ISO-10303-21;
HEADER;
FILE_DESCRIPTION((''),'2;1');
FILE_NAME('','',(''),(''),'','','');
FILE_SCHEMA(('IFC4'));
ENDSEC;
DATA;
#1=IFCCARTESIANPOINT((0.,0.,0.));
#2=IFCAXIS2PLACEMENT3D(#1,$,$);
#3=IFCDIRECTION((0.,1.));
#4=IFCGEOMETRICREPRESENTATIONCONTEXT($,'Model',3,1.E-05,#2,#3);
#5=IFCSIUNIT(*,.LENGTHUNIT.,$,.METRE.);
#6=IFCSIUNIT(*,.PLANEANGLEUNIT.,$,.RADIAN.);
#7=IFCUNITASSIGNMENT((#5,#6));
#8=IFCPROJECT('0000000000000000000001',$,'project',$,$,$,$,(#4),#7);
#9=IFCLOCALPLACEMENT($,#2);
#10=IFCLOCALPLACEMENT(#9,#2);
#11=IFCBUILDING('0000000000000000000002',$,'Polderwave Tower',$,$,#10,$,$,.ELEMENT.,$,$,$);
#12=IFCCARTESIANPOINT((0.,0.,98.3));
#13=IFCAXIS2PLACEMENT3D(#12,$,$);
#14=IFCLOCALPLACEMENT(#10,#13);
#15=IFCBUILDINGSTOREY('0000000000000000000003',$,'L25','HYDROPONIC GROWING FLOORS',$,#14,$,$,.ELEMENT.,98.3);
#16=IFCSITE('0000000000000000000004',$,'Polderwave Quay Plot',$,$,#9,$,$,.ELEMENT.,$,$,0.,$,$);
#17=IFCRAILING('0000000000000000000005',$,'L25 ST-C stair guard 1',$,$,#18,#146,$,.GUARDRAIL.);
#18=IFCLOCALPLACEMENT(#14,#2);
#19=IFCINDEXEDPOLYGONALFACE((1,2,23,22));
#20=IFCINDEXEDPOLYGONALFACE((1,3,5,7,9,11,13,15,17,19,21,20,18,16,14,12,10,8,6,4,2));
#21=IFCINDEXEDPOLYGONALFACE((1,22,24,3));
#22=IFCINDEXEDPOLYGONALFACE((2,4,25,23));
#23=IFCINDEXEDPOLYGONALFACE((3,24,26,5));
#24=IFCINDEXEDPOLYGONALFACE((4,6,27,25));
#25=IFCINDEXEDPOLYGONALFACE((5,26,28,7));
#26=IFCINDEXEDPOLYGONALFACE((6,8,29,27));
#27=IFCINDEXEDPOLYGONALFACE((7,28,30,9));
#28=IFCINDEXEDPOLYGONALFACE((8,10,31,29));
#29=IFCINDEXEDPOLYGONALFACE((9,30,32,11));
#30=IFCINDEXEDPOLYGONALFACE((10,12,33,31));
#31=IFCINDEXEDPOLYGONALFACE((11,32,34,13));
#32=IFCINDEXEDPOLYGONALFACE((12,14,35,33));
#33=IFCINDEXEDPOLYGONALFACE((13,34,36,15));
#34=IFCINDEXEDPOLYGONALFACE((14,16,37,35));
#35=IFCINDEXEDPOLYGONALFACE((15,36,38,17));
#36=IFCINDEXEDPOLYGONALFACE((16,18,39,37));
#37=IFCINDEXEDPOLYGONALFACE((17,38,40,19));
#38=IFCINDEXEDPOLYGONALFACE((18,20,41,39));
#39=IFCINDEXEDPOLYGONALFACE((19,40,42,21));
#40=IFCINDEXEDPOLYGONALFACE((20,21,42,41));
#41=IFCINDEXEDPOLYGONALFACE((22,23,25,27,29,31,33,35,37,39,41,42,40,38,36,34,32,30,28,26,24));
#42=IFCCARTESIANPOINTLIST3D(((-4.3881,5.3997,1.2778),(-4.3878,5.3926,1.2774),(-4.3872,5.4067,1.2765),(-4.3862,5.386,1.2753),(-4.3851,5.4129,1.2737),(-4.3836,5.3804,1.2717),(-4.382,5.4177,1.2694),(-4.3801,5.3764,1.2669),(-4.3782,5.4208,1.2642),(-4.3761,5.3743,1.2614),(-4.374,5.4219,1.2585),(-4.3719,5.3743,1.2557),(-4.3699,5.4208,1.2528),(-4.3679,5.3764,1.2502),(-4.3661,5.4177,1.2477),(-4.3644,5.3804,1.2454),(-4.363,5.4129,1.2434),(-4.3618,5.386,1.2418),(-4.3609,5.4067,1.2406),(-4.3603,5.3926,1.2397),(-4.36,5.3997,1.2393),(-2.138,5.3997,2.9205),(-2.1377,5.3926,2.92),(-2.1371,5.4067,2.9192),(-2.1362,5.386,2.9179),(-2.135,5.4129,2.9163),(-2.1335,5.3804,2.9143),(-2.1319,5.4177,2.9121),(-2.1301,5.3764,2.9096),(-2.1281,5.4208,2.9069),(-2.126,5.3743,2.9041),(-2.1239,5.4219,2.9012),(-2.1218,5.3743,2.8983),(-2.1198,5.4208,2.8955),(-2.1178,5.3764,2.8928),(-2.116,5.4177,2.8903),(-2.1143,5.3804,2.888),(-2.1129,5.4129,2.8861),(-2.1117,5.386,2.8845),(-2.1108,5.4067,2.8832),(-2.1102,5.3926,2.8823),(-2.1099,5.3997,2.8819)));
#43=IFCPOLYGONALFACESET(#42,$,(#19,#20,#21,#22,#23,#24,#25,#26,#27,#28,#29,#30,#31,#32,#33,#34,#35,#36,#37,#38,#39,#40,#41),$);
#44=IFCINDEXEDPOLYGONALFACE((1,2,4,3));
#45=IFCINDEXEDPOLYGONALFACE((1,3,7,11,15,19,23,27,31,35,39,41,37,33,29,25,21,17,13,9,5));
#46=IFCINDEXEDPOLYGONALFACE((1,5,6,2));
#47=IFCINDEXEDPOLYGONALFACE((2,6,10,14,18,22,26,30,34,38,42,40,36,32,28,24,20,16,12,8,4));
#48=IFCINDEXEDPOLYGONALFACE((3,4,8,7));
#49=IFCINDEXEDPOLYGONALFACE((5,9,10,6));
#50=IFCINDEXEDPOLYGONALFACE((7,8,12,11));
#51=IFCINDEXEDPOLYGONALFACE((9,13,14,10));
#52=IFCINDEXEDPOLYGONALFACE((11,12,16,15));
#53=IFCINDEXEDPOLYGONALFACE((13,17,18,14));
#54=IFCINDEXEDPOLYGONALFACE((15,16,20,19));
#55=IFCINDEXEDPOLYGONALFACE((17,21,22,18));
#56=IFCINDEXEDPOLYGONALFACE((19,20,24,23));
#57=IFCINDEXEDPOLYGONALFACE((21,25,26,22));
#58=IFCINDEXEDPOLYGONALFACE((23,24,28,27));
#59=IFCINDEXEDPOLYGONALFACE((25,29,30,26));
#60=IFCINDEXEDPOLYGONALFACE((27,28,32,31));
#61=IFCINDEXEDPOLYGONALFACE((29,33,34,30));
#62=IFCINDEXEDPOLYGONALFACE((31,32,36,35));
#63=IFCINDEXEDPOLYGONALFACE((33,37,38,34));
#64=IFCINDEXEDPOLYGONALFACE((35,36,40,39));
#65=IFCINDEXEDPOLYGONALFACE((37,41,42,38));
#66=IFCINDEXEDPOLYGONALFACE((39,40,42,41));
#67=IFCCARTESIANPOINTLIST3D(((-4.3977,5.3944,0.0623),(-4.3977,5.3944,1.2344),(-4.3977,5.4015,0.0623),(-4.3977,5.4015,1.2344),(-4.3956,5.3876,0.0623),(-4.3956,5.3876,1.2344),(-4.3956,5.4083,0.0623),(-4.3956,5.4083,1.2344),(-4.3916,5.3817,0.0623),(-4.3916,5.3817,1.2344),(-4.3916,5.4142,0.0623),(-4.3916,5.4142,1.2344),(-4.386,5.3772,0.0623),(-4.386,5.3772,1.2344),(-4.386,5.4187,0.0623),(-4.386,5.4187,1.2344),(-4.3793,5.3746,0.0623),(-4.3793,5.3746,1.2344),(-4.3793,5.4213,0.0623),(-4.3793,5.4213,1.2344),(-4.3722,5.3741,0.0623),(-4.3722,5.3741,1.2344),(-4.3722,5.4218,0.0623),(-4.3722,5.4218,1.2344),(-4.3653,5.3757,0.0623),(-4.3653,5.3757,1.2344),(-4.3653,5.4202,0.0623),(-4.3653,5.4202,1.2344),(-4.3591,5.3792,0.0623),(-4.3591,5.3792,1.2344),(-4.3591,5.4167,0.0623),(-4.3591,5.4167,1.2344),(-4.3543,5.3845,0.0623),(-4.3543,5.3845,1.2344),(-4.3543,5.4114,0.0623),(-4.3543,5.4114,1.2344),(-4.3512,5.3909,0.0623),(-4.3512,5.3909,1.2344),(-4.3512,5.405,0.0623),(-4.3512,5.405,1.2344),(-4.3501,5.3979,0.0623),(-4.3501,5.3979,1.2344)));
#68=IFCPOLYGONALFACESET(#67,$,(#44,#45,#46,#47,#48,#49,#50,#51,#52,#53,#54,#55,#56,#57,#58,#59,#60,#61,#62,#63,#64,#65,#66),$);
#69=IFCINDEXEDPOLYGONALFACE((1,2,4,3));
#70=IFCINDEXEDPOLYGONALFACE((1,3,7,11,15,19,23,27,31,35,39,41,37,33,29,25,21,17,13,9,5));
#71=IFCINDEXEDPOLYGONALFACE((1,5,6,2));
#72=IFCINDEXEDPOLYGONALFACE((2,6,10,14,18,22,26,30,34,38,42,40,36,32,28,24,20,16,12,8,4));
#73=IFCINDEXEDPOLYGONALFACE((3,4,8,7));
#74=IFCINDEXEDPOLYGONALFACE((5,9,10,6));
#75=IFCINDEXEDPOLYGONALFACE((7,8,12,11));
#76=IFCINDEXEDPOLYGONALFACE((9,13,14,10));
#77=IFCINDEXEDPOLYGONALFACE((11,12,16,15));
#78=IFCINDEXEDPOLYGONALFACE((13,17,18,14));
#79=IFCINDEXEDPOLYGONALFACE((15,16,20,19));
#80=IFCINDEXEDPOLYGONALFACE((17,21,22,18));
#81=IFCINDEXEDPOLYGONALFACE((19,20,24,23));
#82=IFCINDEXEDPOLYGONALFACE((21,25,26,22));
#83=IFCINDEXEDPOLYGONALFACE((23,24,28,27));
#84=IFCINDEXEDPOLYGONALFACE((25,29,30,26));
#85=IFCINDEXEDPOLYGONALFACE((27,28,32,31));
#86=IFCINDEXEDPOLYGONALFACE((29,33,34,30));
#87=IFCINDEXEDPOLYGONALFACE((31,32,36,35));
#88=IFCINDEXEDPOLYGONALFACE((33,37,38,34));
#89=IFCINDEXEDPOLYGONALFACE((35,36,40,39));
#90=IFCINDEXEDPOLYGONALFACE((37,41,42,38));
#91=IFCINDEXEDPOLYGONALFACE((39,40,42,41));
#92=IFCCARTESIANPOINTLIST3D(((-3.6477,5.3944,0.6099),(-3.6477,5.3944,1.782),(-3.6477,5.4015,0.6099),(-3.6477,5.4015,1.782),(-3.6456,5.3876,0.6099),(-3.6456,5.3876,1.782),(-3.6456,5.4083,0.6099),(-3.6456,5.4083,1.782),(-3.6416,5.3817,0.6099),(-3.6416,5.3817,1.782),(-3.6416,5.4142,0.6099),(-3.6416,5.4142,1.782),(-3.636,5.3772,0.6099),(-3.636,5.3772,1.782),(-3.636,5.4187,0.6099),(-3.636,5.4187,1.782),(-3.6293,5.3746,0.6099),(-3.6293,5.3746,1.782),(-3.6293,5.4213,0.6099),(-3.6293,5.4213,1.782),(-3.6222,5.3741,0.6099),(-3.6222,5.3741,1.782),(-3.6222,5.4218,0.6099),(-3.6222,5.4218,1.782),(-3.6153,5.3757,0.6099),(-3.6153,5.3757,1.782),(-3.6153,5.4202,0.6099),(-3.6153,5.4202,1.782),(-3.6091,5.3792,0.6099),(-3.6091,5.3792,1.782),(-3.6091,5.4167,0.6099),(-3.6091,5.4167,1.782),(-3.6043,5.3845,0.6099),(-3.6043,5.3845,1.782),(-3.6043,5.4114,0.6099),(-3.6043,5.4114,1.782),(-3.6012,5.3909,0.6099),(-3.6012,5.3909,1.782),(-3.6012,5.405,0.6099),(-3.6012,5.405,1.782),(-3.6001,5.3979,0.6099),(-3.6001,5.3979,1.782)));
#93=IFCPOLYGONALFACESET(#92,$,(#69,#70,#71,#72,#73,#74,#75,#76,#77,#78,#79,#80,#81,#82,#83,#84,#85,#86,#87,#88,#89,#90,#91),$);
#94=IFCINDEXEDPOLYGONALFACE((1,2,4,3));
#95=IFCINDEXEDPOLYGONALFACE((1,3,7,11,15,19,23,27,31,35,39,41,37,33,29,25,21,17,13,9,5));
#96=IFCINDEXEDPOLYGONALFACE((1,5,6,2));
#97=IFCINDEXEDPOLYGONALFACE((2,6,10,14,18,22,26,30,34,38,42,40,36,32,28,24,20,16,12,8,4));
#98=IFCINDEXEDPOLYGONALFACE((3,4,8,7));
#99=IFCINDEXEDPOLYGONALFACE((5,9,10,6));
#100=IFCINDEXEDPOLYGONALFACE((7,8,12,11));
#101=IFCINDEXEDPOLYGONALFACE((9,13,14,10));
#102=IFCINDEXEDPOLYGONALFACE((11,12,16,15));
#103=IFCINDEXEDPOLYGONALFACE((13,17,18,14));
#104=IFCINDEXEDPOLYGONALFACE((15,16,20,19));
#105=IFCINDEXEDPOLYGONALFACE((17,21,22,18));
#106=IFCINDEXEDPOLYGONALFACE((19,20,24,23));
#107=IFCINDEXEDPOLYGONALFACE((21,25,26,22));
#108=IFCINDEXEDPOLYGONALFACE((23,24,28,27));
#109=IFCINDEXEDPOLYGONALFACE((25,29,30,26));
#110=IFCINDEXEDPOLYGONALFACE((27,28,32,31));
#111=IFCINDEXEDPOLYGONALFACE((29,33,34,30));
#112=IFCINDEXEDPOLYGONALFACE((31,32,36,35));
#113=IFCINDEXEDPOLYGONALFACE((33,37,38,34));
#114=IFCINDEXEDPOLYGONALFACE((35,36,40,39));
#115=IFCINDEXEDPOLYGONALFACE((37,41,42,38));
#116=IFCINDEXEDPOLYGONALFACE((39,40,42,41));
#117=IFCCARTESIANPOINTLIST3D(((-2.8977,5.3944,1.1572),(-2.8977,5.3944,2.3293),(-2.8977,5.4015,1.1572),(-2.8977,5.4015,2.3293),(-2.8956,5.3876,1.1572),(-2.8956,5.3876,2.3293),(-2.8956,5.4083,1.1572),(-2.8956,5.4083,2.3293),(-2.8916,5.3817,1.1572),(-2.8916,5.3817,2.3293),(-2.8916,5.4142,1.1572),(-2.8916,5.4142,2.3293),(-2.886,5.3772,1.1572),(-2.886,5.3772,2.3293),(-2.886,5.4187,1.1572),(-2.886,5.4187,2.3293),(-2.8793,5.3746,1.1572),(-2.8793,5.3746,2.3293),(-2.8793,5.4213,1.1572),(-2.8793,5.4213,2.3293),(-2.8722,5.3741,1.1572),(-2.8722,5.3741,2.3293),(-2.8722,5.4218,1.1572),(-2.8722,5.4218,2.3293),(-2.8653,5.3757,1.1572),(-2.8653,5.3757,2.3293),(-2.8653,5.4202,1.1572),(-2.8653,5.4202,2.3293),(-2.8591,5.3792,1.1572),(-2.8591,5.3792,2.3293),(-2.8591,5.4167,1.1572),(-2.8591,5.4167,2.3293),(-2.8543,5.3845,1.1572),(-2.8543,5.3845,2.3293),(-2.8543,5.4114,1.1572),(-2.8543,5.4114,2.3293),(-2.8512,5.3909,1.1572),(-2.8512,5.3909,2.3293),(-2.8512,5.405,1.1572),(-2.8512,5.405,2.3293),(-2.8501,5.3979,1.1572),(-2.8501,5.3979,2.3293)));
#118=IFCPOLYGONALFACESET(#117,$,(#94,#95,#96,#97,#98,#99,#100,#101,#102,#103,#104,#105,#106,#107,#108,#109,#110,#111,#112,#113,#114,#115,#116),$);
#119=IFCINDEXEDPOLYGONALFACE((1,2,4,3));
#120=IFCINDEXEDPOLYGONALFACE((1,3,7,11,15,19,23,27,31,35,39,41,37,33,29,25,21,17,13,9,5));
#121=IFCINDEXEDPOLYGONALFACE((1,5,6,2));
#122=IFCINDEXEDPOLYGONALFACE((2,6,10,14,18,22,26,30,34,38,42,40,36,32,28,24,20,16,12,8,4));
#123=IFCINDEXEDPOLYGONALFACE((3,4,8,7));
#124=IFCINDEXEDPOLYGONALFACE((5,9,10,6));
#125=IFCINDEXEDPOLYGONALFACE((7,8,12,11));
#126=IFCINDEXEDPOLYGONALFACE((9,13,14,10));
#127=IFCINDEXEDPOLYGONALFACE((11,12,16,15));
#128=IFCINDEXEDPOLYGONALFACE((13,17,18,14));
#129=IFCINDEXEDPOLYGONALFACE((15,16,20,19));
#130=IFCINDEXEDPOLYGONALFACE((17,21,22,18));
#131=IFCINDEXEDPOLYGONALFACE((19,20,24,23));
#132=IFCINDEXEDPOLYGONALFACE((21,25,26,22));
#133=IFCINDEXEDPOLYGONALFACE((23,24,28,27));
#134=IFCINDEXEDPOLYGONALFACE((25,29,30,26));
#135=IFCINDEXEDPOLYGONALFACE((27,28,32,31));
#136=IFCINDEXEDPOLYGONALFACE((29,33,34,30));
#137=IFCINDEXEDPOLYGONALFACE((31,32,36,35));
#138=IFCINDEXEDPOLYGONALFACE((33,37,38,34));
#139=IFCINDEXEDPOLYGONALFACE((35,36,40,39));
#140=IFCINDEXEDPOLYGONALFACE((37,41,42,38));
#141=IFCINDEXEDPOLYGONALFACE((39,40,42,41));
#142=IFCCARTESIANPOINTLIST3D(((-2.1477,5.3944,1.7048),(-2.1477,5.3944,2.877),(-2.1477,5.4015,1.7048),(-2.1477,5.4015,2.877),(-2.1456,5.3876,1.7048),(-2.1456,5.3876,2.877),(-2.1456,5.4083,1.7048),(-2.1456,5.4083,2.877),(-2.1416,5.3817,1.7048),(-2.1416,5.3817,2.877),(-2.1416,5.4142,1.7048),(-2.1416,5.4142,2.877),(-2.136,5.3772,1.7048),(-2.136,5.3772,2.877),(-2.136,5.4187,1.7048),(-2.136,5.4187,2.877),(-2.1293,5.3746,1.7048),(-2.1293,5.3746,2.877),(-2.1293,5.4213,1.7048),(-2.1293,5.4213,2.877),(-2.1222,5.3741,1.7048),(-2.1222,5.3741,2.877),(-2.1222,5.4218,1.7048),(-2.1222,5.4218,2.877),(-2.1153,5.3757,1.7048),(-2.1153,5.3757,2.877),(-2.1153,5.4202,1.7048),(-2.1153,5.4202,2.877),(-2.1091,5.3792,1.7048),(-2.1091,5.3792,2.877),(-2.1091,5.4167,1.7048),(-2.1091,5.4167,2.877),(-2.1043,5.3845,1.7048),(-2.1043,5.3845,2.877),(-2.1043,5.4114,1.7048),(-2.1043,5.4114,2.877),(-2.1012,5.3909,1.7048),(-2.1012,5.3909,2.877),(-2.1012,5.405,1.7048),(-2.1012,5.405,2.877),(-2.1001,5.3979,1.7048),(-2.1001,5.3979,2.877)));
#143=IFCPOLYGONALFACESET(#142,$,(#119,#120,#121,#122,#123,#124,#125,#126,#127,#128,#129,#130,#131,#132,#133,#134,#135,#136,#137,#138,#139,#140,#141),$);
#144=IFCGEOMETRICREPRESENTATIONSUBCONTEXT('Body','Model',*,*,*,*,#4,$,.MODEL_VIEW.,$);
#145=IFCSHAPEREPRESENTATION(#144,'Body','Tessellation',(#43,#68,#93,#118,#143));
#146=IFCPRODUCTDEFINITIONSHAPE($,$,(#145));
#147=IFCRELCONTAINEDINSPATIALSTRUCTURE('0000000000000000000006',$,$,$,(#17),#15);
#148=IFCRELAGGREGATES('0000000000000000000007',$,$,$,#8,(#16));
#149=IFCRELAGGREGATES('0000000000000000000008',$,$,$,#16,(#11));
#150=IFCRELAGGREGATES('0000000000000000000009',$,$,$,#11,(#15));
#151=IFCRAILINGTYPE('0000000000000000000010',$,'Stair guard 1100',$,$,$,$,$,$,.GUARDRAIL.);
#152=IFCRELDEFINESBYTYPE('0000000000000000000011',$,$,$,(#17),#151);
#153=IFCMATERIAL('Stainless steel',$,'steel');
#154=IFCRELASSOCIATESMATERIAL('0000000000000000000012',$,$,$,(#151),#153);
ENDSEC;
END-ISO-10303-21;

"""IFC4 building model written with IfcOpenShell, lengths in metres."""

from ifc_helpers import new_model, si_unit, direction, frame, origin, origin_2d, place, context, subcontext, project, spatial, circle, extrude, material, type_object, element, save


model = new_model("IFC4")

# Units and contexts
model_context = context("Model", 3, precision=1e-05, world=origin(), true_north=direction((0.0, 1.0)))
body_context = subcontext(model_context, "Body", "Model", "MODEL_VIEW")
ifc_project = project(units=[si_unit("LENGTHUNIT", "METRE"), si_unit("PLANEANGLEUNIT", "RADIAN")], contexts=[model_context])

# Site, building, storey
site_placement = place(None, origin())
site = spatial("IfcSite", under=ifc_project, at=site_placement, Name="Polderwave Quay Plot", CompositionType="ELEMENT", RefElevation=0.0)
building_placement = place(site_placement, origin())
building = spatial("IfcBuilding", under=site, at=building_placement, Name="Polderwave Tower", CompositionType="ELEMENT")
storey_placement = place(building_placement, frame((0.0, 0.0, 98.3)))
storey = spatial("IfcBuildingStorey", under=building, at=storey_placement, Name="L25", Description="HYDROPONIC GROWING FLOORS", CompositionType="ELEMENT", Elevation=98.3)

# Railing
ifc_material_1 = material(Name="Stainless steel", Category="steel")
railing_type_1 = type_object("IfcRailingType", Name="Stair guard 1100", PredefinedType="GUARDRAIL", material=ifc_material_1)
railing_1_placement = place(storey_placement, frame((-4.374, 5.3979, 0.0623)))
element("IfcRailing", 1, at=railing_1_placement, inside=storey, type_object=railing_type_1, Name="L25 ST-C stair guard 1", PredefinedType="GUARDRAIL", context=body_context, shape_type="SweptSolid", body=[
    extrude(circle(Radius=0.0239, at=origin_2d()), frame((0.0, 0.0, 1.1963), z_axis=(0.807674, 0.0, 0.58963), x_axis=(0.0, 1.0, 0.0)), (0.0, 0.0, 1.0), 2.7859),
    extrude(circle(Radius=0.0239, at=origin_2d()), origin(), (0.0, 0.0, 1.0), 1.1721),
    extrude(circle(Radius=0.0239, at=origin_2d()), frame((0.75, 0.0, 0.5476)), (0.0, 0.0, 1.0), 1.1721),
    extrude(circle(Radius=0.0239, at=origin_2d()), frame((1.5, 0.0, 1.095)), (0.0, 0.0, 1.0), 1.1721),
    extrude(circle(Radius=0.0239, at=origin_2d()), frame((2.25, 0.0, 1.6426)), (0.0, 0.0, 1.0), 1.1721),
])

save(model, "model.ifc")
